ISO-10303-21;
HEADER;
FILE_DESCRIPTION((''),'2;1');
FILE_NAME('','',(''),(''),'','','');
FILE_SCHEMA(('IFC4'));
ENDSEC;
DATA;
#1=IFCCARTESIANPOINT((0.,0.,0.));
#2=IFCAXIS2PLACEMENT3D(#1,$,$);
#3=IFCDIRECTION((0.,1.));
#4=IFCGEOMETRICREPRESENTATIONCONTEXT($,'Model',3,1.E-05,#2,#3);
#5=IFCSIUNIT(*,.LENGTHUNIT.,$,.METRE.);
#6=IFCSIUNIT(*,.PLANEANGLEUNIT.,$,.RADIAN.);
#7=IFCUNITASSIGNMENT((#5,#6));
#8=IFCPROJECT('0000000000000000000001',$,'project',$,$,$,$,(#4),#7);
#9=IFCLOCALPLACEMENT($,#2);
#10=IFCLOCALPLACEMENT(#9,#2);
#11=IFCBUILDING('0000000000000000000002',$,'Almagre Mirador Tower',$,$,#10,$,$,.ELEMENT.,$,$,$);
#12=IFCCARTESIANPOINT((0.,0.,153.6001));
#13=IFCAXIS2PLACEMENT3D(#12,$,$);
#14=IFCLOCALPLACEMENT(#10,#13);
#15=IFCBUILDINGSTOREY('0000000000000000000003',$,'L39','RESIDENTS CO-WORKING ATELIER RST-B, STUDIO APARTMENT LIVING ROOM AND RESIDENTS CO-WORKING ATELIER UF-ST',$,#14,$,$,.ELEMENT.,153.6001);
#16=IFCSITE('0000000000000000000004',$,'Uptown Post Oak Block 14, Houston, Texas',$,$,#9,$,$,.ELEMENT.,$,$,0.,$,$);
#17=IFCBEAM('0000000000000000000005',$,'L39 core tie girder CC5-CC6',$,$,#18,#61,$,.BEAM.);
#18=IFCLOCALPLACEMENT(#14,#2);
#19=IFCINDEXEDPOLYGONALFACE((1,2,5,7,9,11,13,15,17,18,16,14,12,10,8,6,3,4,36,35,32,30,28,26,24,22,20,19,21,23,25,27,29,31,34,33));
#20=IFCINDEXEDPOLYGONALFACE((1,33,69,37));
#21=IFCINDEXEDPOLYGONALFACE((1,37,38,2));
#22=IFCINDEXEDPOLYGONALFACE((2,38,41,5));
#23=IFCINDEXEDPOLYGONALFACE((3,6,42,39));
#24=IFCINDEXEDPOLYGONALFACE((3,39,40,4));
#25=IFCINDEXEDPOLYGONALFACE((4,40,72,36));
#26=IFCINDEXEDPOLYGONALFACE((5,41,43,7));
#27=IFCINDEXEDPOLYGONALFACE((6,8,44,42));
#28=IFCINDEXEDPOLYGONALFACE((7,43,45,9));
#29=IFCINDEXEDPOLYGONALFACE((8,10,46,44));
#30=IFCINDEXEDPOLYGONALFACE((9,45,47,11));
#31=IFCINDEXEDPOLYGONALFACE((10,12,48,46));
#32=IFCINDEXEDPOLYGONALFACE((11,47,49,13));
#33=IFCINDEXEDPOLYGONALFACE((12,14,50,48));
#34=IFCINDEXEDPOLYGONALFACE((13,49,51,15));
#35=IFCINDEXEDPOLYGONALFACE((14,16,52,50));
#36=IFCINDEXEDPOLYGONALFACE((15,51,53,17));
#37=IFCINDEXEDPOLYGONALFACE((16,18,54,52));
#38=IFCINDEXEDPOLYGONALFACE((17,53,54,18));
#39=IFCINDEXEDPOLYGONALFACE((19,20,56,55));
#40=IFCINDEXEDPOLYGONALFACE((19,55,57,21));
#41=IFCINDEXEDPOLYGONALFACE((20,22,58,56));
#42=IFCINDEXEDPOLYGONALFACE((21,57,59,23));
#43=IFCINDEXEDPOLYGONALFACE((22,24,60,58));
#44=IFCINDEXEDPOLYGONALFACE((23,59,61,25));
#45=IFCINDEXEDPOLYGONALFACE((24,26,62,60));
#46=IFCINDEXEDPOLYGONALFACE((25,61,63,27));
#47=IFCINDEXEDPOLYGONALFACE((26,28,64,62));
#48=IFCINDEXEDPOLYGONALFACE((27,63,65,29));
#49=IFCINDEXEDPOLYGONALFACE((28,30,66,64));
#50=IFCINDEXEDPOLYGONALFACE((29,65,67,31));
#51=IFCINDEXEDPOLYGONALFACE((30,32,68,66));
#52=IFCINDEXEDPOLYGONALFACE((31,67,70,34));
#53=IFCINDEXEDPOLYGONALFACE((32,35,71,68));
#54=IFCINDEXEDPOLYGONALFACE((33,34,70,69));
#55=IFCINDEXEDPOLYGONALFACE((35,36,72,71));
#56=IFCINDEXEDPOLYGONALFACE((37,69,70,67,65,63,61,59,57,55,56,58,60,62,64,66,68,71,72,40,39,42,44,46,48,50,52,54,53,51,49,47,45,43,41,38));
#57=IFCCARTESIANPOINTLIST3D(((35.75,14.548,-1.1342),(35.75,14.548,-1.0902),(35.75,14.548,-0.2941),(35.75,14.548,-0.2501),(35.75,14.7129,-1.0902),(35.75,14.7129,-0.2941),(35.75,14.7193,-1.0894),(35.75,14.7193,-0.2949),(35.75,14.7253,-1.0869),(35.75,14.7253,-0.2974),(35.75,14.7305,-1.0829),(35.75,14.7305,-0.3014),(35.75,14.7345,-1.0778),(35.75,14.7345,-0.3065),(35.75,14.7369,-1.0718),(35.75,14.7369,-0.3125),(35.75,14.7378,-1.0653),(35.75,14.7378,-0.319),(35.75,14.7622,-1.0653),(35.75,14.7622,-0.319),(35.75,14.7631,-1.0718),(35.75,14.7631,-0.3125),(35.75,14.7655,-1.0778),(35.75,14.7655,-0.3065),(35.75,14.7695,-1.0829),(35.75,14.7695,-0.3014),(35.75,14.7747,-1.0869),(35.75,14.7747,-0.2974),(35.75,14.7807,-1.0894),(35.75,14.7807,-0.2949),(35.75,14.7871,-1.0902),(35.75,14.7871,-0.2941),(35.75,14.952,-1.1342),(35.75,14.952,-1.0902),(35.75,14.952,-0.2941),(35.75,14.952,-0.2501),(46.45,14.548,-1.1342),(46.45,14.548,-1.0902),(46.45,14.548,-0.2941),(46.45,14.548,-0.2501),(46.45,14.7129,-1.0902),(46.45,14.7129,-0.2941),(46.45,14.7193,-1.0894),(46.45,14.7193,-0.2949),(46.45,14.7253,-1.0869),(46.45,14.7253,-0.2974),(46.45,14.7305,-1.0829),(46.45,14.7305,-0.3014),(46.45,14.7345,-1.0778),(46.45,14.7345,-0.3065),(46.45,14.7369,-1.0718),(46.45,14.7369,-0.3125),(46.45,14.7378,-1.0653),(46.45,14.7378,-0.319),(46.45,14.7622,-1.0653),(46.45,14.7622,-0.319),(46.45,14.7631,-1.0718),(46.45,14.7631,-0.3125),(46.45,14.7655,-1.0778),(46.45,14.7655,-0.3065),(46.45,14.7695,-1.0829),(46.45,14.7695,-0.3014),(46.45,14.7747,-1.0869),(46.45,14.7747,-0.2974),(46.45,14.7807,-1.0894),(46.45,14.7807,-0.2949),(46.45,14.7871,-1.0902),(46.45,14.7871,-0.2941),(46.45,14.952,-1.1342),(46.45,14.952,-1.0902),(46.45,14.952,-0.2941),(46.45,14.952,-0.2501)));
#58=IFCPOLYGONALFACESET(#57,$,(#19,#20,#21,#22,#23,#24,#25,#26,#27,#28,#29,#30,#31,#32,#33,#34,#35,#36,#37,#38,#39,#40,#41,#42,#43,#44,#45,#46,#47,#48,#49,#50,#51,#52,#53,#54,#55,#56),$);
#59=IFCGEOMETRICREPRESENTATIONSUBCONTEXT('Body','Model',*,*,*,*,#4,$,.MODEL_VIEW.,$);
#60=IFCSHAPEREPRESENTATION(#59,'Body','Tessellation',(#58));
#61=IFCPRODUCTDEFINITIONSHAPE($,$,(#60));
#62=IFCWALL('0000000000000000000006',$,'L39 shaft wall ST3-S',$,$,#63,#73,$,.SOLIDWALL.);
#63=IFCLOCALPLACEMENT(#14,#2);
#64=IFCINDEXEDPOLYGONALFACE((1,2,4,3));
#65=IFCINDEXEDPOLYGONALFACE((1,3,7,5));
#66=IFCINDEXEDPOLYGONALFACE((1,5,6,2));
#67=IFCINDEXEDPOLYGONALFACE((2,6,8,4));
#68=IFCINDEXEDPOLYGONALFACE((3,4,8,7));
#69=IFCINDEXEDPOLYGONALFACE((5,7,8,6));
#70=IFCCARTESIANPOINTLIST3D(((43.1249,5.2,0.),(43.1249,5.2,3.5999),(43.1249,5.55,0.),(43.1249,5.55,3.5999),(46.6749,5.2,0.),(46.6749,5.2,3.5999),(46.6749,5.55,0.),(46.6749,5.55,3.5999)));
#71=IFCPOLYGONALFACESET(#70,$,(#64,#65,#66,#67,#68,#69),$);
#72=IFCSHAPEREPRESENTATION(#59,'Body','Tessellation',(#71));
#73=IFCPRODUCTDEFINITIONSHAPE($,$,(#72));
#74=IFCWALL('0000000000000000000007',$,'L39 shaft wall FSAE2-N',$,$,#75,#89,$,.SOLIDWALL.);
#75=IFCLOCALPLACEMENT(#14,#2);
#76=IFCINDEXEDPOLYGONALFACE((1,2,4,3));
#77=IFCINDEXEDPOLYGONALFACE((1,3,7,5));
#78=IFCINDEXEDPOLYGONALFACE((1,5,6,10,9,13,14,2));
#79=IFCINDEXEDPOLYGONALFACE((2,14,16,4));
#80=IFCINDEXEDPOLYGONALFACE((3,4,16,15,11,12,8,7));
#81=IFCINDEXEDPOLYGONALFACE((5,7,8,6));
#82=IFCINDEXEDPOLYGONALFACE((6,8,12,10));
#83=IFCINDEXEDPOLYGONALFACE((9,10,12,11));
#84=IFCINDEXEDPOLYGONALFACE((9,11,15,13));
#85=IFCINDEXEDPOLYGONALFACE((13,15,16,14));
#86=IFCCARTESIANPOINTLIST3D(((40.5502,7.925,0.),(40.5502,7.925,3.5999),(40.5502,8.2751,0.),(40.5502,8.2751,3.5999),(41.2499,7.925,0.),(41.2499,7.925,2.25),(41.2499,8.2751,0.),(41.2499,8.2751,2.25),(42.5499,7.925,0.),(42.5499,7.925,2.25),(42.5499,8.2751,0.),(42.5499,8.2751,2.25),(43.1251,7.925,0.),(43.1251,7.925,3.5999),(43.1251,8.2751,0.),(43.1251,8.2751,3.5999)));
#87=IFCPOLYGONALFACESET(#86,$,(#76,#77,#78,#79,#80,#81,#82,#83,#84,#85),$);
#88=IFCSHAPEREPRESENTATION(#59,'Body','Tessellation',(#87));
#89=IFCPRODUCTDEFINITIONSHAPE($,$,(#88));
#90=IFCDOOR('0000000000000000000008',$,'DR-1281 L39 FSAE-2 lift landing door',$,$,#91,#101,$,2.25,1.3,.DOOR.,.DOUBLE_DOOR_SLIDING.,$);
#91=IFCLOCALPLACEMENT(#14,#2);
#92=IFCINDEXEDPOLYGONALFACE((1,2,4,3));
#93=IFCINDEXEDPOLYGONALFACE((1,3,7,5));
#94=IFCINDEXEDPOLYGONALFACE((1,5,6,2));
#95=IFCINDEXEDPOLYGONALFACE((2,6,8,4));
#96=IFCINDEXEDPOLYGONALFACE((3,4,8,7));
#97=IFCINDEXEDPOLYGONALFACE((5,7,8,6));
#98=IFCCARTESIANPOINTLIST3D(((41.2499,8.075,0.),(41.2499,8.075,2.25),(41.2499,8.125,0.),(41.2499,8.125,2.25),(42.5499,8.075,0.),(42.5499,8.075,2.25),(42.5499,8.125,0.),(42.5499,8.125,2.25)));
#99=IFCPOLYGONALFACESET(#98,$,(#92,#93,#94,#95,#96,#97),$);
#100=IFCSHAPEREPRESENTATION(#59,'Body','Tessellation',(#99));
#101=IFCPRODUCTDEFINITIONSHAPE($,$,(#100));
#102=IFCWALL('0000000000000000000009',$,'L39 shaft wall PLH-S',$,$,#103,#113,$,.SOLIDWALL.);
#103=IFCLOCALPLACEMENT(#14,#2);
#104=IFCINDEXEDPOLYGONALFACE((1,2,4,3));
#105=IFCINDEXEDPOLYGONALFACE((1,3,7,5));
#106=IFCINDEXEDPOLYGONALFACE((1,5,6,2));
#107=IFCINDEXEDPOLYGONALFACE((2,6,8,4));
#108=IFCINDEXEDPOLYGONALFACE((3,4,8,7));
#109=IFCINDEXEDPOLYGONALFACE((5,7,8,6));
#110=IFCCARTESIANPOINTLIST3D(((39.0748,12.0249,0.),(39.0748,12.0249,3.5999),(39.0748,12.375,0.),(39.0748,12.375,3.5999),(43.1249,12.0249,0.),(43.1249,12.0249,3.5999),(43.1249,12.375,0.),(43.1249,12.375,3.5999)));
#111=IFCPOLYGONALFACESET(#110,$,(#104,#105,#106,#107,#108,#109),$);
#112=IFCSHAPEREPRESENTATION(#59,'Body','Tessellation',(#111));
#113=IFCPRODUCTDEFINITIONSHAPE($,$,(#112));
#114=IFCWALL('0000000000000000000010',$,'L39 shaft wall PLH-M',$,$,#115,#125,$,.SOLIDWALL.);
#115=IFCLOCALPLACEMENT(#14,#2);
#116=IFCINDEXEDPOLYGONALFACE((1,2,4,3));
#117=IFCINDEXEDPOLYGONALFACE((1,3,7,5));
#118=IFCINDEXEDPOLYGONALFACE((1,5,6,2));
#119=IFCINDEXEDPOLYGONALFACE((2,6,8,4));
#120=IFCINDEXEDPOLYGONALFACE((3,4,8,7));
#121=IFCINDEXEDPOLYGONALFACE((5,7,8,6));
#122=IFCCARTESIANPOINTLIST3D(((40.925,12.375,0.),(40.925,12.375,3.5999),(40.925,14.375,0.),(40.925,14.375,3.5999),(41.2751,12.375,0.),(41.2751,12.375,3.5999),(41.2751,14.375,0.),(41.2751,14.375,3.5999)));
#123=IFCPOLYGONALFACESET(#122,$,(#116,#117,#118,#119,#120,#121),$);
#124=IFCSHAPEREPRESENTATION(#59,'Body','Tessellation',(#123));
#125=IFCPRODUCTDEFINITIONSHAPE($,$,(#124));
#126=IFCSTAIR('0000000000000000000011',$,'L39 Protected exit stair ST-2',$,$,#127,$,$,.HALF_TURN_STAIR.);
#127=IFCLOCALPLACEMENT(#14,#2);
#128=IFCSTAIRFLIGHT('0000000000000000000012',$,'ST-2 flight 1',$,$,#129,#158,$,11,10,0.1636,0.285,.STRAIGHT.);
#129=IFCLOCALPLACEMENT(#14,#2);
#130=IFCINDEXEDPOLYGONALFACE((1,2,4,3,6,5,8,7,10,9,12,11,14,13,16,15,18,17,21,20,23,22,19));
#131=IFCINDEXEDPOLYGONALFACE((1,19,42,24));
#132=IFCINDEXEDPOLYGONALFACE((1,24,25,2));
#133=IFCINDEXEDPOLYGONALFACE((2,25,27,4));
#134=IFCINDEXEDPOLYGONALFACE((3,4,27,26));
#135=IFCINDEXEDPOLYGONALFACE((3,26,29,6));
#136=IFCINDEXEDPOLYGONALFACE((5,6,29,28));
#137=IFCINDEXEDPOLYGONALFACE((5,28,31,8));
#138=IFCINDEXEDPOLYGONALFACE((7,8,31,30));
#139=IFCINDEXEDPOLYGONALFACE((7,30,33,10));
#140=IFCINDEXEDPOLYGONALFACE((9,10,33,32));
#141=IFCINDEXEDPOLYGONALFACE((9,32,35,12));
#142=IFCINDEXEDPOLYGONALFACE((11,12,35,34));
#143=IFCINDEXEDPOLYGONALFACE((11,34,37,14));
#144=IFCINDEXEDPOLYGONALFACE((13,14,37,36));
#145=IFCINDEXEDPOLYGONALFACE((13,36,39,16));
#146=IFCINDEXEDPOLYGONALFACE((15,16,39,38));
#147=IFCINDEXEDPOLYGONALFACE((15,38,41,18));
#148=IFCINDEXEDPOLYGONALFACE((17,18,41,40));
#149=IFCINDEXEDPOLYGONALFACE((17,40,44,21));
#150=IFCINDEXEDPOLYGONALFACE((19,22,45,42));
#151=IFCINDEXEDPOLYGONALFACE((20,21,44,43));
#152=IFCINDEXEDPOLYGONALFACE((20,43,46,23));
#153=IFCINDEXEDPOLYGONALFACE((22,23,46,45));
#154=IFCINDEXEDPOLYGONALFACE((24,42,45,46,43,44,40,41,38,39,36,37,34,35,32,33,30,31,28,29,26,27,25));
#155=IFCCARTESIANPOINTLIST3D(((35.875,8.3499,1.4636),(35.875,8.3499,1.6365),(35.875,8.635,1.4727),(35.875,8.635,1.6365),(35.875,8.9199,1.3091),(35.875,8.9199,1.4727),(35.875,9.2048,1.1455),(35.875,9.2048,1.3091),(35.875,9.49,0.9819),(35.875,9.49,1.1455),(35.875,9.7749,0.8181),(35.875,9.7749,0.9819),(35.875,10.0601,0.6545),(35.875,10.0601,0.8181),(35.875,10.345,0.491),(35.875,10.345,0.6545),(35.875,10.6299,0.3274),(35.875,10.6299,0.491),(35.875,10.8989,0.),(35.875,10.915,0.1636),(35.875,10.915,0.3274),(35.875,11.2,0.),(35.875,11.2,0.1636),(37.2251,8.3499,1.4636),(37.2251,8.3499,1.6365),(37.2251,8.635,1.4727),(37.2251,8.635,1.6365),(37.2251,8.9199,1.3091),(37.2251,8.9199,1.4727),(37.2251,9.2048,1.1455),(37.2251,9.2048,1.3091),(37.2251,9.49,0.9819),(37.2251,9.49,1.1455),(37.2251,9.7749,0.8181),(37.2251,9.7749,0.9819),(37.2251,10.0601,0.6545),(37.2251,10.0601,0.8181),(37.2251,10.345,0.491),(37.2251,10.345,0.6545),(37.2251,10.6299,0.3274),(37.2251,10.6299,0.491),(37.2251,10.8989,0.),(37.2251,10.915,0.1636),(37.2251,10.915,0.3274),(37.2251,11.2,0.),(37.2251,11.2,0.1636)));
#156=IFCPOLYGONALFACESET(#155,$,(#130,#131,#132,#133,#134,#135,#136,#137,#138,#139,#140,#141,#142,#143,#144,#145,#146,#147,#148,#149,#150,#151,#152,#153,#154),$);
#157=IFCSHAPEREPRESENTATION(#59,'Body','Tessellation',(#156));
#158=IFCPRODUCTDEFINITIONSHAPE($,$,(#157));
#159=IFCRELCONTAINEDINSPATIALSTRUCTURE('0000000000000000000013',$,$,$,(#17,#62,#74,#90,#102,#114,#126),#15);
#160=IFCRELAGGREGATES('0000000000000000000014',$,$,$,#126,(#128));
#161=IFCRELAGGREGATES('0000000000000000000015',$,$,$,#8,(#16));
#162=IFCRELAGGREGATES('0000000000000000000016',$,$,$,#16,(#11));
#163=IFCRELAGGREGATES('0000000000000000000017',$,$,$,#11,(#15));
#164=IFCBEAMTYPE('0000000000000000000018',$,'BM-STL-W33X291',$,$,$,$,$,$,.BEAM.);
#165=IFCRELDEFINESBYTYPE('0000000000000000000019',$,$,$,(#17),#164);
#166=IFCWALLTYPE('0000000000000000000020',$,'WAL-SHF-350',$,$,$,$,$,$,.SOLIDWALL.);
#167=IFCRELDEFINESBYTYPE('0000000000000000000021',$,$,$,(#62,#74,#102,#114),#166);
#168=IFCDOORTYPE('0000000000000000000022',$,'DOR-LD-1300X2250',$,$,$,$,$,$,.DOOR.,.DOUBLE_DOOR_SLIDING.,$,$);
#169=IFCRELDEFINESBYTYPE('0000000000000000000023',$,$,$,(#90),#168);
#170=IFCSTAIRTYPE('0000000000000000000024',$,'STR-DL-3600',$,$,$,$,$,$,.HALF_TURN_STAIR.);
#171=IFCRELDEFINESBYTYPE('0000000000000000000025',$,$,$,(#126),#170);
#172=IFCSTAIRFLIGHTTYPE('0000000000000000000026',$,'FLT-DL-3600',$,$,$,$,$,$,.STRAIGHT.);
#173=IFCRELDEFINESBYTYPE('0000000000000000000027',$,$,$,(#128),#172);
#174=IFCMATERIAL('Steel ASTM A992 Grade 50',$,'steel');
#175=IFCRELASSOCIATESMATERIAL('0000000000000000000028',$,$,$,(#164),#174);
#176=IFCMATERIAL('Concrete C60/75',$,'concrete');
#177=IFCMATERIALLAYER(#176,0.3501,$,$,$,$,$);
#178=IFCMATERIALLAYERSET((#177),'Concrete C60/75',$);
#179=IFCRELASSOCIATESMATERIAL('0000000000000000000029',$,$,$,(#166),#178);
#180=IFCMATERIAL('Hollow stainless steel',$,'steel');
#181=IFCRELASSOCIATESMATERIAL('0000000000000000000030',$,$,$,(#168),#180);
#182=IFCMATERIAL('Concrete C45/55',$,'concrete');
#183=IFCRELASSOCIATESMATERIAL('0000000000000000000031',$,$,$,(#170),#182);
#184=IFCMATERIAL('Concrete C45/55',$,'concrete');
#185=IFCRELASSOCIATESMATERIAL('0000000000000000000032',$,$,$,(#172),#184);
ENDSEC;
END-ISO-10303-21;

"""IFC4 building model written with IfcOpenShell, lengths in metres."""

from ifc_helpers import new_model, si_unit, direction, frame, frame_2d, origin, origin_2d, place, context, subcontext, project, spatial, polyline, rectangle, i_section, outline, extrude, material, layer, layer_set, material_profile, profile_set, type_object, element, fill, aggregate, save


model = new_model("IFC4")

# Units and contexts
model_context = context("Model", 3, precision=1e-05, world=origin(), true_north=direction((0.0, 1.0)))
body_context = subcontext(model_context, "Body", "Model", "MODEL_VIEW")
ifc_project = project(units=[si_unit("LENGTHUNIT", "METRE"), si_unit("PLANEANGLEUNIT", "RADIAN")], contexts=[model_context])

# Site, building, storey
site_placement = place(None, origin())
site = spatial("IfcSite", under=ifc_project, at=site_placement, Name="Uptown Post Oak Block 14, Houston, Texas", CompositionType="ELEMENT", RefElevation=0.0)
building_placement = place(site_placement, origin())
building = spatial("IfcBuilding", under=site, at=building_placement, Name="Almagre Mirador Tower", CompositionType="ELEMENT")
storey_placement = place(building_placement, frame((0.0, 0.0, 153.6001)))
storey = spatial("IfcBuildingStorey", under=building, at=storey_placement, Name="L39", Description="RESIDENTS CO-WORKING ATELIER RST-B, STUDIO APARTMENT LIVING ROOM AND RESIDENTS CO-WORKING ATELIER UF-ST", CompositionType="ELEMENT", Elevation=153.6001)

# Beam
ifc_material_1 = material(Name="Steel ASTM A992 Grade 50", Category="steel")
ifc_material_profile = material_profile(ifc_material_1, i_section(OverallWidth=0.4041, OverallDepth=0.884, WebThickness=0.0244, FlangeThickness=0.0439, FilletRadius=0.0249, at=origin_2d()), Name="W33X291")
ifc_profile_set = profile_set([ifc_material_profile], Name="Steel ASTM A992 Grade 50")
beam_type = type_object("IfcBeamType", Name="BM-STL-W33X291", PredefinedType="BEAM", material=ifc_profile_set)
beam_placement = place(storey_placement, frame((35.75, 14.75, -0.6921), z_axis=(1.0, 0.0, 0.0), x_axis=(0.0, 1.0, 0.0)))
element("IfcBeam", 1, at=beam_placement, inside=storey, type_object=beam_type, Name="L39 core tie girder CC5-CC6", PredefinedType="BEAM", context=body_context, shape_type="SweptSolid", body=[
    extrude(i_section(OverallWidth=0.4041, OverallDepth=0.884, WebThickness=0.0244, FlangeThickness=0.0439, FilletRadius=0.0249, at=origin_2d()), origin(), (0.0, 0.0, 1.0), 10.7),
])

# Wall
ifc_material_2 = material(Name="Concrete C60/75", Category="concrete")
ifc_layer_1 = layer(ifc_material_2, 0.3501)
ifc_layer_set_1 = layer_set([ifc_layer_1], Name="Concrete C60/75")
wall_type_1 = type_object("IfcWallType", Name="WAL-SHF-350", PredefinedType="SOLIDWALL", material=ifc_layer_set_1)
wall_1_placement = place(storey_placement, frame((43.125, 5.375, 0.0), z_axis=(0.0, 0.0, 1.0), x_axis=(1.0, 0.0, 0.0)))
element("IfcWall", 2, at=wall_1_placement, inside=storey, type_object=wall_type_1, Name="L39 shaft wall ST3-S", PredefinedType="SOLIDWALL", context=body_context, shape_type="SweptSolid", body=[
    extrude(rectangle(XDim=3.55, YDim=0.3501, at=frame_2d((1.7749, 0.0))), origin(), (0.0, 0.0, 1.0), 3.5999),
])

# Wall, opening, door
wall_2_placement = place(storey_placement, frame((40.55, 8.1001, 0.0), z_axis=(0.0, 0.0, 1.0), x_axis=(1.0, 0.0, 0.0)))
wall_2 = element("IfcWall", 3, at=wall_2_placement, inside=storey, type_object=wall_type_1, Name="L39 shaft wall FSAE2-N", PredefinedType="SOLIDWALL", context=body_context, shape_type="SweptSolid", body=[
    extrude(rectangle(XDim=2.575, YDim=0.3501, at=frame_2d((1.2876, 0.0))), origin(), (0.0, 0.0, 1.0), 3.5999),
])
opening_1_placement = place(wall_2_placement, frame((0.7, 0.0, 0.0)))
opening_1 = element("IfcOpeningElement", 4, at=opening_1_placement, cuts=wall_2, PredefinedType="OPENING", context=body_context, shape_type="SweptSolid", body=[
    extrude(rectangle(XDim=1.3, YDim=2.25, at=frame_2d((0.6499, 1.125))), frame((0.0, 0.185, 0.0), z_axis=(0.0, -1.0, 0.0), x_axis=(1.0, 0.0, 0.0)), (0.0, 0.0, 1.0), 0.3701),
])
ifc_material_3 = material(Name="Hollow stainless steel", Category="steel")
door_type_1 = type_object("IfcDoorType", Name="DOR-LD-1300X2250", OperationType="DOUBLE_DOOR_SLIDING", PredefinedType="DOOR", material=ifc_material_3)
door_1_placement = place(opening_1_placement, origin())
door_1 = element("IfcDoor", 5, at=door_1_placement, inside=storey, type_object=door_type_1, Name="DR-1281 L39 FSAE-2 lift landing door", OperationType="DOUBLE_DOOR_SLIDING", OverallHeight=2.25, OverallWidth=1.3, PredefinedType="DOOR", context=body_context, shape_type="SweptSolid", body=[
    extrude(rectangle(XDim=1.3, YDim=2.25, at=frame_2d((0.6499, 1.125))), frame((0.0, 0.0249, 0.0), z_axis=(0.0, -1.0, 0.0), x_axis=(1.0, 0.0, 0.0)), (0.0, 0.0, 1.0), 0.05),
])
fill(opening_1, door_1)

# Walls
wall_3_placement = place(storey_placement, frame((39.075, 12.2, 0.0), z_axis=(0.0, 0.0, 1.0), x_axis=(1.0, 0.0, 0.0)))
element("IfcWall", 6, at=wall_3_placement, inside=storey, type_object=wall_type_1, Name="L39 shaft wall PLH-S", PredefinedType="SOLIDWALL", context=body_context, shape_type="SweptSolid", body=[
    extrude(rectangle(XDim=4.05, YDim=0.3501, at=frame_2d((2.0249, 0.0))), origin(), (0.0, 0.0, 1.0), 3.5999),
])
wall_4_placement = place(storey_placement, frame((41.1001, 12.375, 0.0), z_axis=(0.0, 0.0, 1.0), x_axis=(0.0, 1.0, 0.0)))
element("IfcWall", 7, at=wall_4_placement, inside=storey, type_object=wall_type_1, Name="L39 shaft wall PLH-M", PredefinedType="SOLIDWALL", context=body_context, shape_type="SweptSolid", body=[
    extrude(rectangle(XDim=2.0, YDim=0.3501, at=frame_2d((1.0, 0.0))), origin(), (0.0, 0.0, 1.0), 3.5999),
])

# Stair, stair flight
ifc_material_4 = material(Name="Concrete C45/55", Category="concrete")
stair_type = type_object("IfcStairType", Name="STR-DL-3600", PredefinedType="HALF_TURN_STAIR", material=ifc_material_4)
stair_1_placement = place(storey_placement, origin())
stair_1 = element("IfcStair", 8, at=stair_1_placement, inside=storey, type_object=stair_type, Name="L39 Protected exit stair ST-2", PredefinedType="HALF_TURN_STAIR")
ifc_material_5 = material(Name="Concrete C45/55", Category="concrete")
stair_flight_type = type_object("IfcStairFlightType", Name="FLT-DL-3600", PredefinedType="STRAIGHT", material=ifc_material_5)
stair_flight_1_placement = place(storey_placement, frame((36.55, 11.2, 0.0), z_axis=(0.0, 0.0, 1.0), x_axis=(0.0, -1.0, 0.0)))
stair_flight_1 = element("IfcStairFlight", 9, at=stair_flight_1_placement, type_object=stair_flight_type, Name="ST-2 flight 1", NumberOfRisers=11, NumberOfTreads=10, PredefinedType="STRAIGHT", RiserHeight=0.1636, TreadLength=0.285, context=body_context, shape_type="SweptSolid", body=[
    extrude(outline(polyline([(0.0, 0.0), (0.0, 0.1636), (0.2849, 0.1636), (0.2849, 0.3274), (0.5701, 0.3274), (0.5701, 0.491), (0.855, 0.491), (0.855, 0.6545), (1.1399, 0.6545), (1.1399, 0.8181), (1.425, 0.8181), (1.425, 0.9819), (1.71, 0.9819), (1.71, 1.1455), (1.9951, 1.1455), (1.9951, 1.3091), (2.28, 1.3091), (2.28, 1.4727), (2.5649, 1.4727), (2.5649, 1.6365), (2.8501, 1.6365), (2.8501, 1.8), (2.8501, 1.4636), (0.301, 0.0), (0.0, 0.0)])), frame((0.0, 0.675, 0.0), z_axis=(0.0, -1.0, 0.0), x_axis=(1.0, 0.0, 0.0)), (0.0, 0.0, 1.0), 1.3501),
])
aggregate(stair_1, [stair_flight_1])

save(model, "model.ifc")
